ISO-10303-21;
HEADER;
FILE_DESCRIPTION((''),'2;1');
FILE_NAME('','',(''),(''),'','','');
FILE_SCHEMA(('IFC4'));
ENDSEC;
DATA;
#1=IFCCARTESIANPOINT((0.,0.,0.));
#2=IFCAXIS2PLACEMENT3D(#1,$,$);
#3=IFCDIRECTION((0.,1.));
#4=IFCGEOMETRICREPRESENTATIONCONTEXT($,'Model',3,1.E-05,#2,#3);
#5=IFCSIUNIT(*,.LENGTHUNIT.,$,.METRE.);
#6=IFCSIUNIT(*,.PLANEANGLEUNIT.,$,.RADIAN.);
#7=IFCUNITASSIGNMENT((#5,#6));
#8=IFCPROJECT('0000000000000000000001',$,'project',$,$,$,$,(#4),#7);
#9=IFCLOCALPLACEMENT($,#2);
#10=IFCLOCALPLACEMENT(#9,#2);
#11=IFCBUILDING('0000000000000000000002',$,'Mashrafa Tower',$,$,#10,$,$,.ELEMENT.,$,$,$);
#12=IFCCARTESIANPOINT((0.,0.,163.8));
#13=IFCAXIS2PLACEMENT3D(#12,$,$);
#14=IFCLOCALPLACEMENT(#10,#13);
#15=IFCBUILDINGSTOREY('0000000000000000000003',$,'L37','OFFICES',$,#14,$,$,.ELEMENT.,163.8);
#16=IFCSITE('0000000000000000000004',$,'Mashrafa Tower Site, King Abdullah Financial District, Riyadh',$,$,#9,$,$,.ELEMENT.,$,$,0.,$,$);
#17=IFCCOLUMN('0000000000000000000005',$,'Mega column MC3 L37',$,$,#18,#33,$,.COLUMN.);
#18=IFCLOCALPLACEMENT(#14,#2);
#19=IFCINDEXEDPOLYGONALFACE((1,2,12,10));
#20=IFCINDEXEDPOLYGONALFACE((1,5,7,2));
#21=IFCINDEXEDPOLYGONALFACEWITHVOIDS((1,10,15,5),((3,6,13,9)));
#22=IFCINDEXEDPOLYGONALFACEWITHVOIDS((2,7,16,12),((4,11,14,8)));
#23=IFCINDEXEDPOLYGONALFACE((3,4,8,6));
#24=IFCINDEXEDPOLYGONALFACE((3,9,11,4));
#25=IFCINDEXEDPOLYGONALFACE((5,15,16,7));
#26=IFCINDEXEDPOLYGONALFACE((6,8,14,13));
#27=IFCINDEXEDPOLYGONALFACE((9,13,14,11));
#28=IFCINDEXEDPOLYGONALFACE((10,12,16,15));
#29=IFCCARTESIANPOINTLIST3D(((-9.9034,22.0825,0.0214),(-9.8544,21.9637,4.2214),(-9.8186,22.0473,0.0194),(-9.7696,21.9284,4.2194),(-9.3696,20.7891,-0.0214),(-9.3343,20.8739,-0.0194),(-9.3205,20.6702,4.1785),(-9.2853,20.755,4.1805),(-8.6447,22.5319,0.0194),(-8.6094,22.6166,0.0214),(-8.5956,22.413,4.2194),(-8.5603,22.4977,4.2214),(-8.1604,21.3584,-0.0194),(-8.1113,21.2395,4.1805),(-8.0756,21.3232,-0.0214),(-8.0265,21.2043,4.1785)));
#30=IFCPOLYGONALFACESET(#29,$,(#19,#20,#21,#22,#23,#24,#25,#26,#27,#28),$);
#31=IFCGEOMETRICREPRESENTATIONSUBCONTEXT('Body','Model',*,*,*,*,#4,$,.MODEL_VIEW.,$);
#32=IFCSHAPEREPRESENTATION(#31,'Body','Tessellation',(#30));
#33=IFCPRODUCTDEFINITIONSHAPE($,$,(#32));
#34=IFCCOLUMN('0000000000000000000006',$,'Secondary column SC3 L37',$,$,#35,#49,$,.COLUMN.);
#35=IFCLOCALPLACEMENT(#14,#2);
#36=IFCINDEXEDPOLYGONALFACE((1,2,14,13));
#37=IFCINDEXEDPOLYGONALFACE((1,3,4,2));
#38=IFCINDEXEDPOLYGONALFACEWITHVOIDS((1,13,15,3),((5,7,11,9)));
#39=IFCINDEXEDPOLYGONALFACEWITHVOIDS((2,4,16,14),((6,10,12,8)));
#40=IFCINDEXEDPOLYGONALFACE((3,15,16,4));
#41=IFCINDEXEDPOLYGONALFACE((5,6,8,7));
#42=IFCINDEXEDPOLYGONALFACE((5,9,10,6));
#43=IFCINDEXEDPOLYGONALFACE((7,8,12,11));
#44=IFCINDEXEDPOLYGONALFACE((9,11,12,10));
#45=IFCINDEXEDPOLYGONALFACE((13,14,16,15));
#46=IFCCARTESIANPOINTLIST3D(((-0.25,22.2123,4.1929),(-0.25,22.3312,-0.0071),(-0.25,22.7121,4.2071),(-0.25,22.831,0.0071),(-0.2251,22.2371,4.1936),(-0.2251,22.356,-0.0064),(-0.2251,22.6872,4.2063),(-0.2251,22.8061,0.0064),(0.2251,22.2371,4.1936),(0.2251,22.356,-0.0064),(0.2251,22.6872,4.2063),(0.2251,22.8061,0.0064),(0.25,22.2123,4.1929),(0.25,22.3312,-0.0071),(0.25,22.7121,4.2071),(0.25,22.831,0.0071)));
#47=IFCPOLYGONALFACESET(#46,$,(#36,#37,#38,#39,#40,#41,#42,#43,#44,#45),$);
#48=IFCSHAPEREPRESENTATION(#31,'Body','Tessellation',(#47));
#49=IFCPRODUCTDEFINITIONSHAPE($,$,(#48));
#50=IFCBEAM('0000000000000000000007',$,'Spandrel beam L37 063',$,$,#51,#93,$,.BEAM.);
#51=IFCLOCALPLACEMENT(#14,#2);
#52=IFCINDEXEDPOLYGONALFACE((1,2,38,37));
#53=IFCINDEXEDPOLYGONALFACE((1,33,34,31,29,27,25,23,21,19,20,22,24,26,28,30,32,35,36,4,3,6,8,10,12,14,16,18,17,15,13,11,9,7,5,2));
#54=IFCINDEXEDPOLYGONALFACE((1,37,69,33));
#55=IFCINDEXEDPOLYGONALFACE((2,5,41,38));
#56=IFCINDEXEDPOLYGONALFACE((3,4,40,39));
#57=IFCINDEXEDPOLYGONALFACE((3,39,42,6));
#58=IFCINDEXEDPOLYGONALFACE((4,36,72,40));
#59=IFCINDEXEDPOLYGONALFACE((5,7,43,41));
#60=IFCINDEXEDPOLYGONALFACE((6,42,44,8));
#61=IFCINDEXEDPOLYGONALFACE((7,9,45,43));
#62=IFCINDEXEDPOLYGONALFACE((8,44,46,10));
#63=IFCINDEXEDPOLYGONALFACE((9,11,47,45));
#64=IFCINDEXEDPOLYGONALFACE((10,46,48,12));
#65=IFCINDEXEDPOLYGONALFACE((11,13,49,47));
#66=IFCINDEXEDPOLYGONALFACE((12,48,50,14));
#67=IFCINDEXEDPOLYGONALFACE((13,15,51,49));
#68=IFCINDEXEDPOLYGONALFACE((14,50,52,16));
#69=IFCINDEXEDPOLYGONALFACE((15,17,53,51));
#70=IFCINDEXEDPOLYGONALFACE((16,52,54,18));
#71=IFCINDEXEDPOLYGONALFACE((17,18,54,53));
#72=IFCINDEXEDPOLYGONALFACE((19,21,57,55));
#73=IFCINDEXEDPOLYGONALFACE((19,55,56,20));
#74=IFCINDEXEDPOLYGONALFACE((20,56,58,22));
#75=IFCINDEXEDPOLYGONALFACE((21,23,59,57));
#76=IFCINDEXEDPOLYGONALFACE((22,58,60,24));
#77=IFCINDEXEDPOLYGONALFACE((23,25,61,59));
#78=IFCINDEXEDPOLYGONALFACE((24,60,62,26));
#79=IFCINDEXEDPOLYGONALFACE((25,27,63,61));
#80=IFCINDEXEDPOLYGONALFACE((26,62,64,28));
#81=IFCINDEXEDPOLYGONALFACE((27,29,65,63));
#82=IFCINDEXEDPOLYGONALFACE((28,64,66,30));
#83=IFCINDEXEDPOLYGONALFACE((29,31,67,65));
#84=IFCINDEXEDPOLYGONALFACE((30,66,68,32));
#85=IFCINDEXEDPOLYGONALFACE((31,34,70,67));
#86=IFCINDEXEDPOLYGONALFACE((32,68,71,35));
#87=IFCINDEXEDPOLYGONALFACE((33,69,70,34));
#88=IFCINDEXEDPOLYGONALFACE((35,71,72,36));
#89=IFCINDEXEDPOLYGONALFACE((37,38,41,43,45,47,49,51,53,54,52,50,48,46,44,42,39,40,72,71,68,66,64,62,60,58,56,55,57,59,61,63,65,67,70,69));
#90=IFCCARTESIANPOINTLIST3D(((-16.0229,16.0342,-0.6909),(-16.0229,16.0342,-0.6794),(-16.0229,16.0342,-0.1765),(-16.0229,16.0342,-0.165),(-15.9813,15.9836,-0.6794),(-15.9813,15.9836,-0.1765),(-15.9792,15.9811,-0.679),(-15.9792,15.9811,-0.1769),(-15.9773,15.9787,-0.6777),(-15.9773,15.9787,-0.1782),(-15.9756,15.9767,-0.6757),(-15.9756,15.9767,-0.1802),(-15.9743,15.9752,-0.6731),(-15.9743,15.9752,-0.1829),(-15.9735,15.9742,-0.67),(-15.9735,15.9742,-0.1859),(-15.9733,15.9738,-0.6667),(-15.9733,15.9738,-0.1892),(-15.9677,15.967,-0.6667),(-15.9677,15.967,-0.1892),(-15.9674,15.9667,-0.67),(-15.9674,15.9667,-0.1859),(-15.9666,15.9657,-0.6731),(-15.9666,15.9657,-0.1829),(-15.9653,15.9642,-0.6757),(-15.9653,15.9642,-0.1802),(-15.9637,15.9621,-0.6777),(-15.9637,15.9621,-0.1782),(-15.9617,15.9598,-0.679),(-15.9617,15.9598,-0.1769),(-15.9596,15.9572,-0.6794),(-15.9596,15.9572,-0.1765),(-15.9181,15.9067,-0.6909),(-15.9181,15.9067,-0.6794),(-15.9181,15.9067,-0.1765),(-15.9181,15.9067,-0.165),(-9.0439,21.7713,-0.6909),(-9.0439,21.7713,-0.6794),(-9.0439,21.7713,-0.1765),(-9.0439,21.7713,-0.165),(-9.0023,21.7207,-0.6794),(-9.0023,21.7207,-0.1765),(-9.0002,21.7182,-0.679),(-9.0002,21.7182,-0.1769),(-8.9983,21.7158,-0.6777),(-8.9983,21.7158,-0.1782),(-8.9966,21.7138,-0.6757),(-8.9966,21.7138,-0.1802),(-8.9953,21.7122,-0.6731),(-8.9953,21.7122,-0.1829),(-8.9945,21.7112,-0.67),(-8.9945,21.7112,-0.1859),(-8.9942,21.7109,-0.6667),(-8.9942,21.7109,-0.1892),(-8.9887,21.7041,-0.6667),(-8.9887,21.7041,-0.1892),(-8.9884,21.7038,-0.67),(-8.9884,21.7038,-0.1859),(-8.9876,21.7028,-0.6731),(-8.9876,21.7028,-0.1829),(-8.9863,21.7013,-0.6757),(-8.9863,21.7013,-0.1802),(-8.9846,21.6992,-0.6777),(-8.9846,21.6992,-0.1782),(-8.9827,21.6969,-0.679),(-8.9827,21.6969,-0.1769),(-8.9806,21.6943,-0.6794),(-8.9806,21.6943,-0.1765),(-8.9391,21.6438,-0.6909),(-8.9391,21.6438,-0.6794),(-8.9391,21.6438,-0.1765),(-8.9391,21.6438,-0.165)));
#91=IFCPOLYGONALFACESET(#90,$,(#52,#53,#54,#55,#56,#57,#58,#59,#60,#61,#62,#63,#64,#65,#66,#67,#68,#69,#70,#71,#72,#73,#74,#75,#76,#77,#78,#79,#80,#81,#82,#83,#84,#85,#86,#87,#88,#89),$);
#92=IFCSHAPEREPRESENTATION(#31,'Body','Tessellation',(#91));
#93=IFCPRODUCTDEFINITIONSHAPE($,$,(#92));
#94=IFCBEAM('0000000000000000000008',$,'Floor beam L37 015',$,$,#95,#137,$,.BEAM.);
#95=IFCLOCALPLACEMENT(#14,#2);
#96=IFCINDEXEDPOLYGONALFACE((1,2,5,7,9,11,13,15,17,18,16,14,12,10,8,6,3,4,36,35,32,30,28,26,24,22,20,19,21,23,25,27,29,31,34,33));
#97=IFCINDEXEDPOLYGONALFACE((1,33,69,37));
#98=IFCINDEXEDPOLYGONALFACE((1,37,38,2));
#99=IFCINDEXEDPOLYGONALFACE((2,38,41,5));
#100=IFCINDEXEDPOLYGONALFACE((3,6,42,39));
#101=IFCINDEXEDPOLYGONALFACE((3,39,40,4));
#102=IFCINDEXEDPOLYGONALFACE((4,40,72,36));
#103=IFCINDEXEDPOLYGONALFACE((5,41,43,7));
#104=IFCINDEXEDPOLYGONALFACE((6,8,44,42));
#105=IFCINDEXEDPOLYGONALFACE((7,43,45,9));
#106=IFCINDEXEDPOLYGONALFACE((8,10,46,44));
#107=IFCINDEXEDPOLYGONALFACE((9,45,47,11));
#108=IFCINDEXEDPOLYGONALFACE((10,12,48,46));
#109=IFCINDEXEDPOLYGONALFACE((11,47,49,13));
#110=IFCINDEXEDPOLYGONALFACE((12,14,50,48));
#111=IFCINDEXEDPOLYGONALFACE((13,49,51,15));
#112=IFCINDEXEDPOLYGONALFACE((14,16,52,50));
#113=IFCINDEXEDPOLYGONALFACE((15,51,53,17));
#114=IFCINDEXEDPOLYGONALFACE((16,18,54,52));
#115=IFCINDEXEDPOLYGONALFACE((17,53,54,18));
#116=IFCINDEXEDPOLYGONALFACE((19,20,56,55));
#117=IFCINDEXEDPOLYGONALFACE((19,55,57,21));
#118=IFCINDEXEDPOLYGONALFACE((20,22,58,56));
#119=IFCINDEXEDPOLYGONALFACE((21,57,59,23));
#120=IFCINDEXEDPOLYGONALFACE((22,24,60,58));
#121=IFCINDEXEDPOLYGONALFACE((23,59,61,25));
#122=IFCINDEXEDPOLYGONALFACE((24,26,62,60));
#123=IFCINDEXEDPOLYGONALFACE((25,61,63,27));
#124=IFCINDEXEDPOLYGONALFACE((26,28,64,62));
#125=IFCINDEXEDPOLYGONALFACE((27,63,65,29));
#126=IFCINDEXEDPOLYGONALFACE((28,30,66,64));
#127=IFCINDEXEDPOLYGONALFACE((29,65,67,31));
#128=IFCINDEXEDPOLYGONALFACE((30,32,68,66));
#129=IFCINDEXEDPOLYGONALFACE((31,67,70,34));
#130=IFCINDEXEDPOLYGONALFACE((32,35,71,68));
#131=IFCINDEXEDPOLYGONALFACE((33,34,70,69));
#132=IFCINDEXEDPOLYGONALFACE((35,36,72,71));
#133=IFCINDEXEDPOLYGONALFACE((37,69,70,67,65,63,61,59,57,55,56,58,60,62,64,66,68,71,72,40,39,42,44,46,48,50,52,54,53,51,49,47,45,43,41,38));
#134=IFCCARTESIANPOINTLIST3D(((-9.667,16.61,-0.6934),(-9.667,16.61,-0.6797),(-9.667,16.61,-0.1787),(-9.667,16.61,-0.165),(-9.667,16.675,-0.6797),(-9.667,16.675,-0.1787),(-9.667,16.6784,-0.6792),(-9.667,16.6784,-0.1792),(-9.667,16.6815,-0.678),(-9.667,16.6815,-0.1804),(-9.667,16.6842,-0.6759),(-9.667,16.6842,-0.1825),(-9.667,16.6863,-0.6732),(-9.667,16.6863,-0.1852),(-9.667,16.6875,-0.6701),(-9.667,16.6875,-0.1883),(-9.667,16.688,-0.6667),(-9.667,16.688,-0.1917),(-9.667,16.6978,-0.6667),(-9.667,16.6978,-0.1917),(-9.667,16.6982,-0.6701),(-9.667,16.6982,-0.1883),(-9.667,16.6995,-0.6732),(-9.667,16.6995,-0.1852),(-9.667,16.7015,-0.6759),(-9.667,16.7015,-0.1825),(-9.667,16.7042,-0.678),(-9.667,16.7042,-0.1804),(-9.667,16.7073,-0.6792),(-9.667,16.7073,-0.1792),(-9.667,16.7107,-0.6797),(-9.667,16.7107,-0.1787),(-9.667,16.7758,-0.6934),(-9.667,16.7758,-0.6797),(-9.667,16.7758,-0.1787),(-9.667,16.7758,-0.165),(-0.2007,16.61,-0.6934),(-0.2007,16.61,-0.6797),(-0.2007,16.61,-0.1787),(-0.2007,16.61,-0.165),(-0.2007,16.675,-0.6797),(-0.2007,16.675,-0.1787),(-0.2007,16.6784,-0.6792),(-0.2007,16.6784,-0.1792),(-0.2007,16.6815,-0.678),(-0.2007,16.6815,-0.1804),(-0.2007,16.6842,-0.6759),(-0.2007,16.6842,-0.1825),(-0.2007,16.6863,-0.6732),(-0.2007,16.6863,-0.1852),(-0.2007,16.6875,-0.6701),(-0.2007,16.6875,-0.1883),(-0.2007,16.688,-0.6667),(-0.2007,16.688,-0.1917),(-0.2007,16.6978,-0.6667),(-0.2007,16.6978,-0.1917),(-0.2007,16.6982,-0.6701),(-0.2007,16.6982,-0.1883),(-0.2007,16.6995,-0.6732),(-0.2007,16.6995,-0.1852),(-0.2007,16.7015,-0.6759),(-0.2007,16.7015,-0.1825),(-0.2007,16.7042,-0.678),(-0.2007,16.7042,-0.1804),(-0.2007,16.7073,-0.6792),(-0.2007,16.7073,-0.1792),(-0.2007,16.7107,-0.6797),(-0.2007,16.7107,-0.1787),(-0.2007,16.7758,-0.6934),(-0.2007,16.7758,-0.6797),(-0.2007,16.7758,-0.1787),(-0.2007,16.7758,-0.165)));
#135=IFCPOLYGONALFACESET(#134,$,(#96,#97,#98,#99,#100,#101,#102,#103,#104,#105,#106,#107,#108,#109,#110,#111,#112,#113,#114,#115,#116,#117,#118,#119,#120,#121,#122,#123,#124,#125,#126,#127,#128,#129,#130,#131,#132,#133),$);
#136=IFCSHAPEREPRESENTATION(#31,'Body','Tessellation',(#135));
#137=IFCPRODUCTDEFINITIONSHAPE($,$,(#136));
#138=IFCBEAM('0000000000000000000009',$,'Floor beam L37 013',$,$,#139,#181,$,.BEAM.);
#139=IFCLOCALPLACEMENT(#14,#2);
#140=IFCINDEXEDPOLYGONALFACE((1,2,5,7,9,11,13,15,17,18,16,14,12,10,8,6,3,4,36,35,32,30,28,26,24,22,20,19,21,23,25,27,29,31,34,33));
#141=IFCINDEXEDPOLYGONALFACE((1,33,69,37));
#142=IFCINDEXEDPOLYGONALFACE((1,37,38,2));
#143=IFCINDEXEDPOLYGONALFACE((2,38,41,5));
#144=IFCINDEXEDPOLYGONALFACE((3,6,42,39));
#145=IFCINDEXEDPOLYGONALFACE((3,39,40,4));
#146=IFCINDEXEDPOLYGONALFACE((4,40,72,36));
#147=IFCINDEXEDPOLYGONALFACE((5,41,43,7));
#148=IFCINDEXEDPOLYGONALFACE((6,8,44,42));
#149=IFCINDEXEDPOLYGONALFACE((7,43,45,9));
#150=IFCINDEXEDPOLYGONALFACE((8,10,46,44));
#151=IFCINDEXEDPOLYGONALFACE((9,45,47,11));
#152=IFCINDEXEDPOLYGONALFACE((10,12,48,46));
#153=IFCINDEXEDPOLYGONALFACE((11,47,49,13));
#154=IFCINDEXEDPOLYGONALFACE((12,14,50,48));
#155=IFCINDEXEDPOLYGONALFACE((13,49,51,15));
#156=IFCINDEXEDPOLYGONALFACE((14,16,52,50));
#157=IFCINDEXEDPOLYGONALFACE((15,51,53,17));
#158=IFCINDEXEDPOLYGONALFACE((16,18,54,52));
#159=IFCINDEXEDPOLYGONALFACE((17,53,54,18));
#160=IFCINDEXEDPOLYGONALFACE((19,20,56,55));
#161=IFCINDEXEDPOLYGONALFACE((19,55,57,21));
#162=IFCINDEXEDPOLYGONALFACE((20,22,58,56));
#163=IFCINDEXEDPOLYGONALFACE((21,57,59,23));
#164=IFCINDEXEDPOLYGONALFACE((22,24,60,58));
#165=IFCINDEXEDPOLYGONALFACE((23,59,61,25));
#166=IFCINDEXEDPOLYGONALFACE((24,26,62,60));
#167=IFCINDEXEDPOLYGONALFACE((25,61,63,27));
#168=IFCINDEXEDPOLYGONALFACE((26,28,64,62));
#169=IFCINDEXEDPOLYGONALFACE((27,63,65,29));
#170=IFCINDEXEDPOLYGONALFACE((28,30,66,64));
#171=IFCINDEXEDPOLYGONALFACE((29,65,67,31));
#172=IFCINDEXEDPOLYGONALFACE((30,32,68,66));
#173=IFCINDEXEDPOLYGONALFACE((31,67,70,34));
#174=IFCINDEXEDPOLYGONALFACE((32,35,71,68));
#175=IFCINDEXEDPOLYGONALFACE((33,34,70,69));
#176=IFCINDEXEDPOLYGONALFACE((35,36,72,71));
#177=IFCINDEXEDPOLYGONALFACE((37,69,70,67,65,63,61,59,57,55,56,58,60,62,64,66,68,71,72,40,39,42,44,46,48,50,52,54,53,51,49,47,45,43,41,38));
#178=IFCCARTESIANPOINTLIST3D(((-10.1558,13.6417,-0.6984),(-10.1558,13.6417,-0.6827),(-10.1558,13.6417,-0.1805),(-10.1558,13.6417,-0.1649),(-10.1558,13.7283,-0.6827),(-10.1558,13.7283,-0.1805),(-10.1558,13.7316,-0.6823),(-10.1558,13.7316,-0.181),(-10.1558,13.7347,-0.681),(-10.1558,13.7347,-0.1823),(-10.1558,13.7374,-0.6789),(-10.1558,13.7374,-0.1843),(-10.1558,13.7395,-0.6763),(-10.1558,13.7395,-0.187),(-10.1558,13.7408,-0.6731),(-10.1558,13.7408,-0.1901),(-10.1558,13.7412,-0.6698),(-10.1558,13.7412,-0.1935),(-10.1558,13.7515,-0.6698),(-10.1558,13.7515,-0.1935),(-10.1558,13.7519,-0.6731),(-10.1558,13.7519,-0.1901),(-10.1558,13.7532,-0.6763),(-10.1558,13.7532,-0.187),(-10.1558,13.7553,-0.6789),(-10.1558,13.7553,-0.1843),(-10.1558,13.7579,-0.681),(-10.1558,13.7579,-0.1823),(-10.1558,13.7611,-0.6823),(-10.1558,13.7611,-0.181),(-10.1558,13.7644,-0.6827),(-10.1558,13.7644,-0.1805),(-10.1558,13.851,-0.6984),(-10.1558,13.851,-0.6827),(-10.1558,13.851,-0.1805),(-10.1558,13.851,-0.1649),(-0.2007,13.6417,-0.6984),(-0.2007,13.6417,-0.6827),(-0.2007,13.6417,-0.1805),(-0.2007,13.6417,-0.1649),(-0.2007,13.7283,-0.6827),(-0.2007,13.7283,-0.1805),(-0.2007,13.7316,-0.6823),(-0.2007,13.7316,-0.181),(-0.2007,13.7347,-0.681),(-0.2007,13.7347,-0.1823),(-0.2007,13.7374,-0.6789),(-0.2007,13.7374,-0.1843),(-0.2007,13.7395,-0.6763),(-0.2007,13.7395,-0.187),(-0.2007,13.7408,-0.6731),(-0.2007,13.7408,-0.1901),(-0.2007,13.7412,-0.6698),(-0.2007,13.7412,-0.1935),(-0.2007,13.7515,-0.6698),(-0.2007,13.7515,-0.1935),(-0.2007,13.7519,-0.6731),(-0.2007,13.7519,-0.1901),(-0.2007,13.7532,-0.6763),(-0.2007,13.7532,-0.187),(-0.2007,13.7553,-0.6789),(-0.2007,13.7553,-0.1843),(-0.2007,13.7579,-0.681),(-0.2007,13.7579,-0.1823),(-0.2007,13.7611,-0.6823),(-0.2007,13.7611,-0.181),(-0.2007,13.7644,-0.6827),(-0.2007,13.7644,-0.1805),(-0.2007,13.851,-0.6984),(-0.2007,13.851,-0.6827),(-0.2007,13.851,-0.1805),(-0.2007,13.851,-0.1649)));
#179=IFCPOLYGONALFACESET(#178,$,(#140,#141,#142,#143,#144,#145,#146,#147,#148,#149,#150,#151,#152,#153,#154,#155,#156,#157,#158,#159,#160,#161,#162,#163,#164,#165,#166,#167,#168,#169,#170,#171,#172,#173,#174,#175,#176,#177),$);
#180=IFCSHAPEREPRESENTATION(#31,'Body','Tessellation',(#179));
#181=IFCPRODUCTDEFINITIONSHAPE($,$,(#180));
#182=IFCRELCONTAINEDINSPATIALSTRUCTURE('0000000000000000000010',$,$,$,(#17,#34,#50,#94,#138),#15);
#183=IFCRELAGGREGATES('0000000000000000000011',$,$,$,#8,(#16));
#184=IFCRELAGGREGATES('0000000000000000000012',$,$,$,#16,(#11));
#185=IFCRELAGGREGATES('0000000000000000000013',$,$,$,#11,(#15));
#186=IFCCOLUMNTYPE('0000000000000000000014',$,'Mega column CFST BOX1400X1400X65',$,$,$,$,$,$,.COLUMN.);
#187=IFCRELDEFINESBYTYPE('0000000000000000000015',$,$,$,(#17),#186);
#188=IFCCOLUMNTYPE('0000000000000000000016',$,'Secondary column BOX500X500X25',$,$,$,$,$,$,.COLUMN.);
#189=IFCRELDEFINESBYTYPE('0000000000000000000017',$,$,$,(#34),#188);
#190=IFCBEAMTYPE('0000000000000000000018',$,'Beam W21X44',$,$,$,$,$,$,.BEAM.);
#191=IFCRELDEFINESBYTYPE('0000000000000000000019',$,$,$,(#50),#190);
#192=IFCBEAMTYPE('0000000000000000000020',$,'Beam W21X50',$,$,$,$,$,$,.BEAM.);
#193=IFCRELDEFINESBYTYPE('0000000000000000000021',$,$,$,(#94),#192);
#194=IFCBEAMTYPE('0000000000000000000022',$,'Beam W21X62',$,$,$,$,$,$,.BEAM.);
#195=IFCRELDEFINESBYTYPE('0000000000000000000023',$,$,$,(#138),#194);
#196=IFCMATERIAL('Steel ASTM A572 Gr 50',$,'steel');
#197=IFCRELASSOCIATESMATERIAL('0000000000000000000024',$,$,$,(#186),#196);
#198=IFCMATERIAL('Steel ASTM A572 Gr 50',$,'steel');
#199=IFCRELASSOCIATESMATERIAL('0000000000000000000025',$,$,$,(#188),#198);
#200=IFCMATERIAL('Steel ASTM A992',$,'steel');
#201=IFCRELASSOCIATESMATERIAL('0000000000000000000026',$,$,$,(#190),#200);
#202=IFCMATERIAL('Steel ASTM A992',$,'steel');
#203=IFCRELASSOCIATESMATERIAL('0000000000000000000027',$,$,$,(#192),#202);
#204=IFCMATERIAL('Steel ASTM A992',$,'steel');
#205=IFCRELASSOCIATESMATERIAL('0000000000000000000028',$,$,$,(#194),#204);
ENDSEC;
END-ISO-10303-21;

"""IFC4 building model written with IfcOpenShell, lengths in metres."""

from ifc_helpers import new_model, si_unit, direction, frame, origin, origin_2d, place, context, subcontext, project, spatial, hollow_rectangle, i_section, extrude, material, material_profile, profile_set, type_object, element, save


model = new_model("IFC4")

# Units and contexts
model_context = context("Model", 3, precision=1e-05, world=origin(), true_north=direction((0.0, 1.0)))
body_context = subcontext(model_context, "Body", "Model", "MODEL_VIEW")
ifc_project = project(units=[si_unit("LENGTHUNIT", "METRE"), si_unit("PLANEANGLEUNIT", "RADIAN")], contexts=[model_context])

# Site, building, storey
site_placement = place(None, origin())
site = spatial("IfcSite", under=ifc_project, at=site_placement, Name="Mashrafa Tower Site, King Abdullah Financial District, Riyadh", CompositionType="ELEMENT", RefElevation=0.0)
building_placement = place(site_placement, origin())
building = spatial("IfcBuilding", under=site, at=building_placement, Name="Mashrafa Tower", CompositionType="ELEMENT")
storey_placement = place(building_placement, frame((0.0, 0.0, 163.8)))
storey = spatial("IfcBuildingStorey", under=building, at=storey_placement, Name="L37", Description="OFFICES", CompositionType="ELEMENT", Elevation=163.8)

# Columns
ifc_material_1 = material(Name="Steel ASTM A572 Gr 50", Category="steel")
ifc_material_profile_1 = material_profile(ifc_material_1, hollow_rectangle(XDim=1.3999, YDim=1.3999, WallThickness=0.0649, at=origin_2d()), Name="BOX1400X1400X65")
ifc_profile_set_1 = profile_set([ifc_material_profile_1], Name="Steel ASTM A572 Gr 50")
column_type_1 = type_object("IfcColumnType", Name="Mega column CFST BOX1400X1400X65", PredefinedType="COLUMN", material=ifc_profile_set_1)
column_1_placement = place(storey_placement, frame((-8.9895, 21.7029, 0.0), z_axis=(0.011679, -0.028296, 0.999531), x_axis=(0.924363, 0.381513, 0.0)))
element("IfcColumn", 1, at=column_1_placement, inside=storey, type_object=column_type_1, Name="Mega column MC3 L37", PredefinedType="COLUMN", context=body_context, shape_type="SweptSolid", body=[
    extrude(hollow_rectangle(XDim=1.3999, YDim=1.3999, WallThickness=0.0649, at=origin_2d()), origin(), (0.0, 0.0, 1.0), 4.2019),
])
ifc_material_2 = material(Name="Steel ASTM A572 Gr 50", Category="steel")
ifc_material_profile_2 = material_profile(ifc_material_2, hollow_rectangle(XDim=0.5, YDim=0.5, WallThickness=0.0249, at=origin_2d()), Name="BOX500X500X25")
ifc_profile_set_2 = profile_set([ifc_material_profile_2], Name="Steel ASTM A572 Gr 50")
column_type_2 = type_object("IfcColumnType", Name="Secondary column BOX500X500X25", PredefinedType="COLUMN", material=ifc_profile_set_2)
column_2_placement = place(storey_placement, frame((0.0, 22.5811, 0.0), z_axis=(0.0, -0.028298, 0.9996), x_axis=(1.0, 0.0, 0.0)))
element("IfcColumn", 2, at=column_2_placement, inside=storey, type_object=column_type_2, Name="Secondary column SC3 L37", PredefinedType="COLUMN", context=body_context, shape_type="SweptSolid", body=[
    extrude(hollow_rectangle(XDim=0.5, YDim=0.5, WallThickness=0.0249, at=origin_2d()), origin(), (0.0, 0.0, 1.0), 4.2017),
])

# Beams
ifc_material_3 = material(Name="Steel ASTM A992", Category="steel")
ifc_material_profile_3 = material_profile(ifc_material_3, i_section(OverallWidth=0.165, OverallDepth=0.5259, WebThickness=0.0088, FlangeThickness=0.0115, FilletRadius=0.0127, at=origin_2d()), Name="W21X44")
ifc_profile_set_3 = profile_set([ifc_material_profile_3], Name="Steel ASTM A992")
beam_type_1 = type_object("IfcBeamType", Name="Beam W21X44", PredefinedType="BEAM", material=ifc_profile_set_3)
beam_1_placement = place(storey_placement, frame((-8.9915, 21.7075, -0.428), z_axis=(-0.772492, -0.635024, 0.0), x_axis=(0.635024, -0.772492, 0.0)))
element("IfcBeam", 3, at=beam_1_placement, inside=storey, type_object=beam_type_1, Name="Spandrel beam L37 063", PredefinedType="BEAM", context=body_context, shape_type="SweptSolid", body=[
    extrude(i_section(OverallWidth=0.165, OverallDepth=0.5259, WebThickness=0.0088, FlangeThickness=0.0115, FilletRadius=0.0127, at=origin_2d()), origin(), (0.0, 0.0, 1.0), 9.0344),
])
ifc_material_4 = material(Name="Steel ASTM A992", Category="steel")
ifc_material_profile_4 = material_profile(ifc_material_4, i_section(OverallWidth=0.1658, OverallDepth=0.5283, WebThickness=0.0098, FlangeThickness=0.0137, FilletRadius=0.0129, at=origin_2d()), Name="W21X50")
ifc_profile_set_4 = profile_set([ifc_material_profile_4], Name="Steel ASTM A992")
beam_type_2 = type_object("IfcBeamType", Name="Beam W21X50", PredefinedType="BEAM", material=ifc_profile_set_4)
beam_2_placement = place(storey_placement, frame((-9.667, 16.6929, -0.4292), z_axis=(1.0, 0.0, 0.0), x_axis=(0.0, 1.0, 0.0)))
element("IfcBeam", 4, at=beam_2_placement, inside=storey, type_object=beam_type_2, Name="Floor beam L37 015", PredefinedType="BEAM", context=body_context, shape_type="SweptSolid", body=[
    extrude(i_section(OverallWidth=0.1658, OverallDepth=0.5283, WebThickness=0.0098, FlangeThickness=0.0137, FilletRadius=0.0129, at=origin_2d()), origin(), (0.0, 0.0, 1.0), 9.4663),
])
ifc_material_5 = material(Name="Steel ASTM A992", Category="steel")
ifc_material_profile_5 = material_profile(ifc_material_5, i_section(OverallWidth=0.2092, OverallDepth=0.5334, WebThickness=0.0103, FlangeThickness=0.0156, FilletRadius=0.0129, at=origin_2d()), Name="W21X62")
ifc_profile_set_5 = profile_set([ifc_material_profile_5], Name="Steel ASTM A992")
beam_type_3 = type_object("IfcBeamType", Name="Beam W21X62", PredefinedType="BEAM", material=ifc_profile_set_5)
beam_3_placement = place(storey_placement, frame((-10.1558, 13.7463, -0.4316), z_axis=(1.0, 0.0, 0.0), x_axis=(0.0, 1.0, 0.0)))
element("IfcBeam", 5, at=beam_3_placement, inside=storey, type_object=beam_type_3, Name="Floor beam L37 013", PredefinedType="BEAM", context=body_context, shape_type="SweptSolid", body=[
    extrude(i_section(OverallWidth=0.2092, OverallDepth=0.5334, WebThickness=0.0103, FlangeThickness=0.0156, FilletRadius=0.0129, at=origin_2d()), origin(), (0.0, 0.0, 1.0), 9.9551),
])

save(model, "model.ifc")
